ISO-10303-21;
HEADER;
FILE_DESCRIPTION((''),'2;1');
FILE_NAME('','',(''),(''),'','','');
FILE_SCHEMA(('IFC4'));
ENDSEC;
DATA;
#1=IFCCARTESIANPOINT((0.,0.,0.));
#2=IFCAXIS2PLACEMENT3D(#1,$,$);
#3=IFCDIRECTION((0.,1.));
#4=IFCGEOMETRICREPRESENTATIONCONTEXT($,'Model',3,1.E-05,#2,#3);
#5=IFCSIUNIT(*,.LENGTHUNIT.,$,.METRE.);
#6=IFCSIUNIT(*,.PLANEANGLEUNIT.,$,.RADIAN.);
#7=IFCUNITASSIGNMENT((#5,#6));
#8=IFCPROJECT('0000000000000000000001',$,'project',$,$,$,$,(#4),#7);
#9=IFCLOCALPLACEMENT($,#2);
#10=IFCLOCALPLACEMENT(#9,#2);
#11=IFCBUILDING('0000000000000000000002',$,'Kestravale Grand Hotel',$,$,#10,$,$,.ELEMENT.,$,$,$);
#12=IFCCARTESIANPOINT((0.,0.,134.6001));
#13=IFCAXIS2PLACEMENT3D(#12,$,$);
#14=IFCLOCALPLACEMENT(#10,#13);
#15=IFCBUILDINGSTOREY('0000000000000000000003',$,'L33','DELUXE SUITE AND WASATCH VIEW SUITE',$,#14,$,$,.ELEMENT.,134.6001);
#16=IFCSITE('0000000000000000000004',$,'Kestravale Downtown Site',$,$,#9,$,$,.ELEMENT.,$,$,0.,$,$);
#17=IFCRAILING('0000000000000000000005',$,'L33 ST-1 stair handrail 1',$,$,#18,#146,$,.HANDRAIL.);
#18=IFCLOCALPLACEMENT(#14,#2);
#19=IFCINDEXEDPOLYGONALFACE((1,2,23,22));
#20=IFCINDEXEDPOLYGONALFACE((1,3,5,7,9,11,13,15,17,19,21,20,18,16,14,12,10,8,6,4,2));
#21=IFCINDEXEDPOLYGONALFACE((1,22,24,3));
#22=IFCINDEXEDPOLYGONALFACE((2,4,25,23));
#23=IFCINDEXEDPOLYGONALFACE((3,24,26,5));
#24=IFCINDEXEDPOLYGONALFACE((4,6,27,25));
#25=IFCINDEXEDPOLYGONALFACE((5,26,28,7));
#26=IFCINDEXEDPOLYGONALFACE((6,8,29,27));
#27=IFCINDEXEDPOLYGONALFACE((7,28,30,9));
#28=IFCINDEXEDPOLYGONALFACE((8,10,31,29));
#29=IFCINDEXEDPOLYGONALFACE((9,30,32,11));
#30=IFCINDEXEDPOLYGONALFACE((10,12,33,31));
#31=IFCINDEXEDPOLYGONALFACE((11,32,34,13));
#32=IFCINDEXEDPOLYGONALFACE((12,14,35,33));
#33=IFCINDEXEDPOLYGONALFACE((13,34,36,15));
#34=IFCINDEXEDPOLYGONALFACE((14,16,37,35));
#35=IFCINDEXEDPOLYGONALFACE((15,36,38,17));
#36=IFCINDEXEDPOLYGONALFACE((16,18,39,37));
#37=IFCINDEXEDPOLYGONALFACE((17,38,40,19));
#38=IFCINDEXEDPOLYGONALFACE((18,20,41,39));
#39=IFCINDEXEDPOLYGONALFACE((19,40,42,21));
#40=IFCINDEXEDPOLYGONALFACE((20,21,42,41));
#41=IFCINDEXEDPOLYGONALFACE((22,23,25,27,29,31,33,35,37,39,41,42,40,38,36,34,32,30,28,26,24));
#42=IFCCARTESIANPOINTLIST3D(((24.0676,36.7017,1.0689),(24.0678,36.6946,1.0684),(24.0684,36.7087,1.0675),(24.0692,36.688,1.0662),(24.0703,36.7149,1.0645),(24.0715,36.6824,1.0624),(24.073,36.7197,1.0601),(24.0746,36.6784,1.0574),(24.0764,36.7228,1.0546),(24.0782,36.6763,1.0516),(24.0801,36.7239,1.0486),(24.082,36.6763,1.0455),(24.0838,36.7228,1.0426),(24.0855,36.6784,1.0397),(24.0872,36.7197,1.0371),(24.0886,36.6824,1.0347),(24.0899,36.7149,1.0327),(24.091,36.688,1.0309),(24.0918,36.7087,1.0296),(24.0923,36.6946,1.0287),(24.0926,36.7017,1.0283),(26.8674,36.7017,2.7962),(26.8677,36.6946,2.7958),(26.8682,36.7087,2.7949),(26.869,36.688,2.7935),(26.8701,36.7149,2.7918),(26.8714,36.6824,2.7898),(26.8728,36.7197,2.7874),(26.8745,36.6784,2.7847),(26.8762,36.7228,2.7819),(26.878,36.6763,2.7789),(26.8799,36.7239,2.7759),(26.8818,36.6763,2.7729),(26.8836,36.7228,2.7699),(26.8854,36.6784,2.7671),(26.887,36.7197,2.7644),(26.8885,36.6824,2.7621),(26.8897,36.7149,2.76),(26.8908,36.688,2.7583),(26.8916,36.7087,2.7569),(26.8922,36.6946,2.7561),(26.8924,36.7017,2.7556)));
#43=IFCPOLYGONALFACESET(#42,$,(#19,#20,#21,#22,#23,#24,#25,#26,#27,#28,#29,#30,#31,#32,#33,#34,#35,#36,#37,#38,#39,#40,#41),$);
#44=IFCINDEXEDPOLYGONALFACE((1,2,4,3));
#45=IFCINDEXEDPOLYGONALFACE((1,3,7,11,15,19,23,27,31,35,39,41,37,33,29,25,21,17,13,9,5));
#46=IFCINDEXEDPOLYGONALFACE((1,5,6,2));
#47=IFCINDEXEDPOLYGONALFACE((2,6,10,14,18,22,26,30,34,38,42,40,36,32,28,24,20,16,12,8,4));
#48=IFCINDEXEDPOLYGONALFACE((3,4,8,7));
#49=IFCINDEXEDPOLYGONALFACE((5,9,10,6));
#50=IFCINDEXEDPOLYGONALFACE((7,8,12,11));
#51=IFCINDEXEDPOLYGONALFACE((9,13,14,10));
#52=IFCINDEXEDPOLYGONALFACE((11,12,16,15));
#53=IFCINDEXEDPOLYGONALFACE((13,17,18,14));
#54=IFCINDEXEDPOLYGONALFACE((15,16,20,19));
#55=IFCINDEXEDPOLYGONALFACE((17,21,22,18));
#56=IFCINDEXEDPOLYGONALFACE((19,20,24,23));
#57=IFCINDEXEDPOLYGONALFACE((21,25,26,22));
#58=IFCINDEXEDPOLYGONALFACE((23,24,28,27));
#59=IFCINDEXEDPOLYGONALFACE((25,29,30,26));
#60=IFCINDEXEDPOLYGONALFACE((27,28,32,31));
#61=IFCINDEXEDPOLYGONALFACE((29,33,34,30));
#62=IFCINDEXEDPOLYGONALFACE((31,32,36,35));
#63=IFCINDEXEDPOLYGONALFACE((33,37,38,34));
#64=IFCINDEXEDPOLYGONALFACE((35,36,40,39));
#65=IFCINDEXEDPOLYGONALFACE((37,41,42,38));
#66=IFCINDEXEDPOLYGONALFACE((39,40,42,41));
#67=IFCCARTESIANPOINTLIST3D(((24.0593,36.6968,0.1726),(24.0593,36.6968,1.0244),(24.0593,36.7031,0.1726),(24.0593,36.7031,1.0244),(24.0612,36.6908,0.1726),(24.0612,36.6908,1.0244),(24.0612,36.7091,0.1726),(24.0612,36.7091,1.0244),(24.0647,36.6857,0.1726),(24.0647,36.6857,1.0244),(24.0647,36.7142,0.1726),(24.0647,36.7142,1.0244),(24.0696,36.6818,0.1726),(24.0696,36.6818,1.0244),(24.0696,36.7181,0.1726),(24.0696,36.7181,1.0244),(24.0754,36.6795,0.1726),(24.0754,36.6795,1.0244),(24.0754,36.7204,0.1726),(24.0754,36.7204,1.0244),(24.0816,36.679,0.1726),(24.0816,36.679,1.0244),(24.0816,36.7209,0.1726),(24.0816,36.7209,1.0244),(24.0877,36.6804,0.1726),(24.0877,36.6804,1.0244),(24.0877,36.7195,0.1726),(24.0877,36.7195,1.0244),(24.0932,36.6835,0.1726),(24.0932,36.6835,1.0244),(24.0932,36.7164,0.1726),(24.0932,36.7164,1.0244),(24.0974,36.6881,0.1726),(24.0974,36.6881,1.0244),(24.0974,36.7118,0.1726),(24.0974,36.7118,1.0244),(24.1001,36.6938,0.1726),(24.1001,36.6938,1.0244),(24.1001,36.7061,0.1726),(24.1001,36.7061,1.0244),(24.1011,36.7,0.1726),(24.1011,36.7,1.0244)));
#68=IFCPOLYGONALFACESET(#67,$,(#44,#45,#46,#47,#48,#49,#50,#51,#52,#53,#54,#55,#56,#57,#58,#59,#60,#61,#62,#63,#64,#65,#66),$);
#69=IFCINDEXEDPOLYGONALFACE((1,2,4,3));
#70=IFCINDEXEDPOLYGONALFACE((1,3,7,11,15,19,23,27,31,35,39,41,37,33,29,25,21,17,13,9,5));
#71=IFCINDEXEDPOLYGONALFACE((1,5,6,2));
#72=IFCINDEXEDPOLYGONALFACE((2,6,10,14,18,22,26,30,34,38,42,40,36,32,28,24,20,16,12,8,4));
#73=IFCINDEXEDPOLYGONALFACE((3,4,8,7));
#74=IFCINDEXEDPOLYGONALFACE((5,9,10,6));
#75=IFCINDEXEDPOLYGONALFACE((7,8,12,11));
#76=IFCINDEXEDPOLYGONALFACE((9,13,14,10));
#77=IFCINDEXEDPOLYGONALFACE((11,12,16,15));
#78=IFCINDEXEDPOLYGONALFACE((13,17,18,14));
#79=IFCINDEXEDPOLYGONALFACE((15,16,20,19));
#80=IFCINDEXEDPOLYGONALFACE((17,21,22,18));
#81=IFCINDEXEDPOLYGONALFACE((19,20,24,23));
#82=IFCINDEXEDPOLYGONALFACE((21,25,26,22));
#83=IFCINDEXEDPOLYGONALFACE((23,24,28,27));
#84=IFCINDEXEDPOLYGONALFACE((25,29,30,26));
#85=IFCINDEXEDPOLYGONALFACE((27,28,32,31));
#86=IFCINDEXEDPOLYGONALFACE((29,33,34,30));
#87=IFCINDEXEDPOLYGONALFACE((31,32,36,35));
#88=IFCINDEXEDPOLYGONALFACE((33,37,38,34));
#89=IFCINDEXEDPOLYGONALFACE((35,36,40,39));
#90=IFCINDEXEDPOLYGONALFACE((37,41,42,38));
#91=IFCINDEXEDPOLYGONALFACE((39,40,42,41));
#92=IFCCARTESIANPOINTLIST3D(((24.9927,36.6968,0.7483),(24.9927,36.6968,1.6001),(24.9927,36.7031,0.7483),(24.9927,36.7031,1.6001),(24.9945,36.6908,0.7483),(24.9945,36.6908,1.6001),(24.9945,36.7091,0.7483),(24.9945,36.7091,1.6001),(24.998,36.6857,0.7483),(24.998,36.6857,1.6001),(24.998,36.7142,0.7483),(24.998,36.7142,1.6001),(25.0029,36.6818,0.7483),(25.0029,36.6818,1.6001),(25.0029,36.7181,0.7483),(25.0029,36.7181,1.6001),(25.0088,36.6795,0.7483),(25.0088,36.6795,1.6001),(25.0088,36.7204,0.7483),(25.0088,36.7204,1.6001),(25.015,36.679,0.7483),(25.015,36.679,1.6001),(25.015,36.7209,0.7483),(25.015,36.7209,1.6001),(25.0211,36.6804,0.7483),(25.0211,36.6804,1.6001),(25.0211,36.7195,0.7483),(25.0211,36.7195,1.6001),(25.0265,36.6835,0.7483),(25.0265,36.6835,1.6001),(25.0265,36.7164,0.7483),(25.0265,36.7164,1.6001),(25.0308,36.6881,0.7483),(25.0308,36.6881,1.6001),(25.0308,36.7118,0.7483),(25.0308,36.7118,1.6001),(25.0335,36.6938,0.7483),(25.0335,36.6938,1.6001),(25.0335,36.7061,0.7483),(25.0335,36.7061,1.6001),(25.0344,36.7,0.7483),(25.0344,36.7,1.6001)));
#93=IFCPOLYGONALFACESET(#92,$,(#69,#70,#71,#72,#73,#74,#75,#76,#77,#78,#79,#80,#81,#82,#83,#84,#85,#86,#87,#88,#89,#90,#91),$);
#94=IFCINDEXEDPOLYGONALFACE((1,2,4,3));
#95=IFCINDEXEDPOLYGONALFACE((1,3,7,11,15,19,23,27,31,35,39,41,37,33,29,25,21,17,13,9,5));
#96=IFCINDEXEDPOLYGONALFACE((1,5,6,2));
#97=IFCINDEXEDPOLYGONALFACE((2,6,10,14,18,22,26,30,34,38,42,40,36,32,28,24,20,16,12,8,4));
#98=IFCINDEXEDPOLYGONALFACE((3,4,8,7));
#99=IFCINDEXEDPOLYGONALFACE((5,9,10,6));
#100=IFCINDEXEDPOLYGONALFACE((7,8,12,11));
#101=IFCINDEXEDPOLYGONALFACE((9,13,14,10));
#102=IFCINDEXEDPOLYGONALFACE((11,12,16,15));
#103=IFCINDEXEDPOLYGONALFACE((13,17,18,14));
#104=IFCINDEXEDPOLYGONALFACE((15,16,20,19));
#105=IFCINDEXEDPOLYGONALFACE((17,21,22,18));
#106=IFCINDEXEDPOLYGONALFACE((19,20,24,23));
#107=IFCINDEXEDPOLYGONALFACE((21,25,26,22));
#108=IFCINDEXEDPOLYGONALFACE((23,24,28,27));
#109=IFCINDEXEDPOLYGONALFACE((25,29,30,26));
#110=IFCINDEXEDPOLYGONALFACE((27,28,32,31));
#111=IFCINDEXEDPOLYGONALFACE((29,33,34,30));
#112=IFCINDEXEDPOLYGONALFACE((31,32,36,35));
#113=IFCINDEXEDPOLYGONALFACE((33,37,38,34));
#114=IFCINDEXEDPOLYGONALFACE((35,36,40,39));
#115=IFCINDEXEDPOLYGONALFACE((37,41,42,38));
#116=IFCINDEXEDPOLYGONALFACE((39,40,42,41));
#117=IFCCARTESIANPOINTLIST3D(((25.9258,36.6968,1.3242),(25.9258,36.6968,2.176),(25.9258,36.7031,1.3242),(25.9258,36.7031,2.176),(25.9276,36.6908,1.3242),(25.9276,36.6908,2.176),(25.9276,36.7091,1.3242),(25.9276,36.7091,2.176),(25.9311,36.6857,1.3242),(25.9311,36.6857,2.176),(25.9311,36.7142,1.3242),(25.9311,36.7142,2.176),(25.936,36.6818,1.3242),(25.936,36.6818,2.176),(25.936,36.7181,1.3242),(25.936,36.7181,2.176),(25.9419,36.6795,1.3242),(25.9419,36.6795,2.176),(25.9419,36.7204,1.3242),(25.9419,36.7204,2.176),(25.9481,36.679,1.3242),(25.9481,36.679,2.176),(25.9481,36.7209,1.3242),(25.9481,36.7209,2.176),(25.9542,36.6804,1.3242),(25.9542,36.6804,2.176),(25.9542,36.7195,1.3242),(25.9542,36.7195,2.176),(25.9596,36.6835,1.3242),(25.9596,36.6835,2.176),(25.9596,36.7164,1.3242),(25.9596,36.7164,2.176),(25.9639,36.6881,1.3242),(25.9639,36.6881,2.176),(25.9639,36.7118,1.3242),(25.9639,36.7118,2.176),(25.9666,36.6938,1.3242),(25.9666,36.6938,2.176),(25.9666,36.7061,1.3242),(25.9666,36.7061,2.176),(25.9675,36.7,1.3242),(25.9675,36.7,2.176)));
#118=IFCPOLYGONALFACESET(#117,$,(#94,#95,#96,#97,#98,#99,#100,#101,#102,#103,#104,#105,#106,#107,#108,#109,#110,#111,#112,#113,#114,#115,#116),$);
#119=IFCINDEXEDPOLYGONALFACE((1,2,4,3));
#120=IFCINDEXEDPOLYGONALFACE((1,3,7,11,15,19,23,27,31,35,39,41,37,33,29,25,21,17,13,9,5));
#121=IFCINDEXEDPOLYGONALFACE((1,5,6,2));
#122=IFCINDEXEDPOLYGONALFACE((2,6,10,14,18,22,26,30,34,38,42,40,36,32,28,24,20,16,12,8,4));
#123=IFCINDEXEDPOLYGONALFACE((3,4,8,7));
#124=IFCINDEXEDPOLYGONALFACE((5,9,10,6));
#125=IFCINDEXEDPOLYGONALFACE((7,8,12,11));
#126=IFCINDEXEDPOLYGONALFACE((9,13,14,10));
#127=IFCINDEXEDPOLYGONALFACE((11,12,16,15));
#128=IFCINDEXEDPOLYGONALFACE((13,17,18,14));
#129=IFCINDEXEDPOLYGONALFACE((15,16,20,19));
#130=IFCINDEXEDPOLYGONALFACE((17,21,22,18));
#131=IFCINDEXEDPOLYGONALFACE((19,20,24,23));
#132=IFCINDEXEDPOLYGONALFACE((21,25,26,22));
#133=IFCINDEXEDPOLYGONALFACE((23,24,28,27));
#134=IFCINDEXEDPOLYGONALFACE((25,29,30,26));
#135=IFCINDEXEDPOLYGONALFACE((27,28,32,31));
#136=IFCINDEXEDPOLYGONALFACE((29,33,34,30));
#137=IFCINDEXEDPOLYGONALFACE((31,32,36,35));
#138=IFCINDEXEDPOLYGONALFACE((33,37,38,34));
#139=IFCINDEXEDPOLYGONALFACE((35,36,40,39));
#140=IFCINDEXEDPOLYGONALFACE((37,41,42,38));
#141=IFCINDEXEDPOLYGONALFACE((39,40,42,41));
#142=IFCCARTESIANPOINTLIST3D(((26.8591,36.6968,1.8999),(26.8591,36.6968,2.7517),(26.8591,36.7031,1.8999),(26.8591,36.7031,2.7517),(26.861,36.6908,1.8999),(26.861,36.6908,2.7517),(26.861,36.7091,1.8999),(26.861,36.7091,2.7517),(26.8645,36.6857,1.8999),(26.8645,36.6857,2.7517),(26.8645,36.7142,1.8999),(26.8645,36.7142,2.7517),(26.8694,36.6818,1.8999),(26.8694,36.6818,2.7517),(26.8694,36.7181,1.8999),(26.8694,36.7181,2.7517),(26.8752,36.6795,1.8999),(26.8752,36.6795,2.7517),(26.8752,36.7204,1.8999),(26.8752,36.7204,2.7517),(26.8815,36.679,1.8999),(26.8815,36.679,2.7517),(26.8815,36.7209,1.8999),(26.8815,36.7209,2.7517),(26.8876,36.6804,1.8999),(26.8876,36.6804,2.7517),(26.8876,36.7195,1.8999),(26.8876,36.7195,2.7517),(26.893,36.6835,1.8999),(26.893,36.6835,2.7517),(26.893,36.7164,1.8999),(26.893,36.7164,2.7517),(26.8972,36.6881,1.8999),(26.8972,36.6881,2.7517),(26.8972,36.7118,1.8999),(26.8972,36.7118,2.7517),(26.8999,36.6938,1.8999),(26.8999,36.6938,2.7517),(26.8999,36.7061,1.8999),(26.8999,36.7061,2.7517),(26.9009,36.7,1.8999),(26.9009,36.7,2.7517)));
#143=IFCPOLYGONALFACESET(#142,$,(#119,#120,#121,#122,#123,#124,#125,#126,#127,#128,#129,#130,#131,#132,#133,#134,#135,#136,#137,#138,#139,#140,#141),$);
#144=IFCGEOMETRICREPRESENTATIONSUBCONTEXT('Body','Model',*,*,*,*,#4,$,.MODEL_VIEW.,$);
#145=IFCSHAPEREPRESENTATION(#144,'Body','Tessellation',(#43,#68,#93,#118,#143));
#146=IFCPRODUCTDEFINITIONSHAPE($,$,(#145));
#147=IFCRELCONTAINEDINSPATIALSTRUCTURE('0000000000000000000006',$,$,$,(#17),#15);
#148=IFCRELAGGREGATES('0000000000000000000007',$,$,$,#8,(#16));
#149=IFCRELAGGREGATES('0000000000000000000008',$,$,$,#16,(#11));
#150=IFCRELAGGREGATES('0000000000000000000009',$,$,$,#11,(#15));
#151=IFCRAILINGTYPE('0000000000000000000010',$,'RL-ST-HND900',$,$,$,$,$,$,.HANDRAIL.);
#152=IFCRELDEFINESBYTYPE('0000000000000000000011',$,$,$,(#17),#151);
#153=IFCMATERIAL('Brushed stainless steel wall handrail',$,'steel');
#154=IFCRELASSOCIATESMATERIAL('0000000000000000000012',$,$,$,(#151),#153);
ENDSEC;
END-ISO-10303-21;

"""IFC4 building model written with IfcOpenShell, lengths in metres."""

from ifc_helpers import new_model, si_unit, direction, frame, origin, origin_2d, place, context, subcontext, project, spatial, circle, extrude, material, type_object, element, save


model = new_model("IFC4")

# Units and contexts
model_context = context("Model", 3, precision=1e-05, world=origin(), true_north=direction((0.0, 1.0)))
body_context = subcontext(model_context, "Body", "Model", "MODEL_VIEW")
ifc_project = project(units=[si_unit("LENGTHUNIT", "METRE"), si_unit("PLANEANGLEUNIT", "RADIAN")], contexts=[model_context])

# Site, building, storey
site_placement = place(None, origin())
site = spatial("IfcSite", under=ifc_project, at=site_placement, Name="Kestravale Downtown Site", CompositionType="ELEMENT", RefElevation=0.0)
building_placement = place(site_placement, origin())
building = spatial("IfcBuilding", under=site, at=building_placement, Name="Kestravale Grand Hotel", CompositionType="ELEMENT")
storey_placement = place(building_placement, frame((0.0, 0.0, 134.6001)))
storey = spatial("IfcBuildingStorey", under=building, at=storey_placement, Name="L33", Description="DELUXE SUITE AND WASATCH VIEW SUITE", CompositionType="ELEMENT", Elevation=134.6001)

# Railing
ifc_material_1 = material(Name="Brushed stainless steel wall handrail", Category="steel")
railing_type_1 = type_object("IfcRailingType", Name="RL-ST-HND900", PredefinedType="HANDRAIL", material=ifc_material_1)
railing_1_placement = place(storey_placement, frame((24.0801, 36.7, 0.1726)))
element("IfcRailing", 1, at=railing_1_placement, inside=storey, type_object=railing_type_1, Name="L33 ST-1 stair handrail 1", PredefinedType="HANDRAIL", context=body_context, shape_type="SweptSolid", body=[
    extrude(circle(Radius=0.0239, at=origin_2d()), frame((0.0, 0.0, 0.876), z_axis=(0.851069, 0.0, 0.525054), x_axis=(0.0, 1.0, 0.0)), (0.0, 0.0, 1.0), 3.2898),
    extrude(circle(Radius=0.021, at=origin_2d()), origin(), (0.0, 0.0, 1.0), 0.8518),
    extrude(circle(Radius=0.021, at=origin_2d()), frame((0.9333, 0.0, 0.5757)), (0.0, 0.0, 1.0), 0.8518),
    extrude(circle(Radius=0.021, at=origin_2d()), frame((1.8665, 0.0, 1.1516)), (0.0, 0.0, 1.0), 0.8518),
    extrude(circle(Radius=0.021, at=origin_2d()), frame((2.7998, 0.0, 1.7273)), (0.0, 0.0, 1.0), 0.8518),
])

save(model, "model.ifc")
